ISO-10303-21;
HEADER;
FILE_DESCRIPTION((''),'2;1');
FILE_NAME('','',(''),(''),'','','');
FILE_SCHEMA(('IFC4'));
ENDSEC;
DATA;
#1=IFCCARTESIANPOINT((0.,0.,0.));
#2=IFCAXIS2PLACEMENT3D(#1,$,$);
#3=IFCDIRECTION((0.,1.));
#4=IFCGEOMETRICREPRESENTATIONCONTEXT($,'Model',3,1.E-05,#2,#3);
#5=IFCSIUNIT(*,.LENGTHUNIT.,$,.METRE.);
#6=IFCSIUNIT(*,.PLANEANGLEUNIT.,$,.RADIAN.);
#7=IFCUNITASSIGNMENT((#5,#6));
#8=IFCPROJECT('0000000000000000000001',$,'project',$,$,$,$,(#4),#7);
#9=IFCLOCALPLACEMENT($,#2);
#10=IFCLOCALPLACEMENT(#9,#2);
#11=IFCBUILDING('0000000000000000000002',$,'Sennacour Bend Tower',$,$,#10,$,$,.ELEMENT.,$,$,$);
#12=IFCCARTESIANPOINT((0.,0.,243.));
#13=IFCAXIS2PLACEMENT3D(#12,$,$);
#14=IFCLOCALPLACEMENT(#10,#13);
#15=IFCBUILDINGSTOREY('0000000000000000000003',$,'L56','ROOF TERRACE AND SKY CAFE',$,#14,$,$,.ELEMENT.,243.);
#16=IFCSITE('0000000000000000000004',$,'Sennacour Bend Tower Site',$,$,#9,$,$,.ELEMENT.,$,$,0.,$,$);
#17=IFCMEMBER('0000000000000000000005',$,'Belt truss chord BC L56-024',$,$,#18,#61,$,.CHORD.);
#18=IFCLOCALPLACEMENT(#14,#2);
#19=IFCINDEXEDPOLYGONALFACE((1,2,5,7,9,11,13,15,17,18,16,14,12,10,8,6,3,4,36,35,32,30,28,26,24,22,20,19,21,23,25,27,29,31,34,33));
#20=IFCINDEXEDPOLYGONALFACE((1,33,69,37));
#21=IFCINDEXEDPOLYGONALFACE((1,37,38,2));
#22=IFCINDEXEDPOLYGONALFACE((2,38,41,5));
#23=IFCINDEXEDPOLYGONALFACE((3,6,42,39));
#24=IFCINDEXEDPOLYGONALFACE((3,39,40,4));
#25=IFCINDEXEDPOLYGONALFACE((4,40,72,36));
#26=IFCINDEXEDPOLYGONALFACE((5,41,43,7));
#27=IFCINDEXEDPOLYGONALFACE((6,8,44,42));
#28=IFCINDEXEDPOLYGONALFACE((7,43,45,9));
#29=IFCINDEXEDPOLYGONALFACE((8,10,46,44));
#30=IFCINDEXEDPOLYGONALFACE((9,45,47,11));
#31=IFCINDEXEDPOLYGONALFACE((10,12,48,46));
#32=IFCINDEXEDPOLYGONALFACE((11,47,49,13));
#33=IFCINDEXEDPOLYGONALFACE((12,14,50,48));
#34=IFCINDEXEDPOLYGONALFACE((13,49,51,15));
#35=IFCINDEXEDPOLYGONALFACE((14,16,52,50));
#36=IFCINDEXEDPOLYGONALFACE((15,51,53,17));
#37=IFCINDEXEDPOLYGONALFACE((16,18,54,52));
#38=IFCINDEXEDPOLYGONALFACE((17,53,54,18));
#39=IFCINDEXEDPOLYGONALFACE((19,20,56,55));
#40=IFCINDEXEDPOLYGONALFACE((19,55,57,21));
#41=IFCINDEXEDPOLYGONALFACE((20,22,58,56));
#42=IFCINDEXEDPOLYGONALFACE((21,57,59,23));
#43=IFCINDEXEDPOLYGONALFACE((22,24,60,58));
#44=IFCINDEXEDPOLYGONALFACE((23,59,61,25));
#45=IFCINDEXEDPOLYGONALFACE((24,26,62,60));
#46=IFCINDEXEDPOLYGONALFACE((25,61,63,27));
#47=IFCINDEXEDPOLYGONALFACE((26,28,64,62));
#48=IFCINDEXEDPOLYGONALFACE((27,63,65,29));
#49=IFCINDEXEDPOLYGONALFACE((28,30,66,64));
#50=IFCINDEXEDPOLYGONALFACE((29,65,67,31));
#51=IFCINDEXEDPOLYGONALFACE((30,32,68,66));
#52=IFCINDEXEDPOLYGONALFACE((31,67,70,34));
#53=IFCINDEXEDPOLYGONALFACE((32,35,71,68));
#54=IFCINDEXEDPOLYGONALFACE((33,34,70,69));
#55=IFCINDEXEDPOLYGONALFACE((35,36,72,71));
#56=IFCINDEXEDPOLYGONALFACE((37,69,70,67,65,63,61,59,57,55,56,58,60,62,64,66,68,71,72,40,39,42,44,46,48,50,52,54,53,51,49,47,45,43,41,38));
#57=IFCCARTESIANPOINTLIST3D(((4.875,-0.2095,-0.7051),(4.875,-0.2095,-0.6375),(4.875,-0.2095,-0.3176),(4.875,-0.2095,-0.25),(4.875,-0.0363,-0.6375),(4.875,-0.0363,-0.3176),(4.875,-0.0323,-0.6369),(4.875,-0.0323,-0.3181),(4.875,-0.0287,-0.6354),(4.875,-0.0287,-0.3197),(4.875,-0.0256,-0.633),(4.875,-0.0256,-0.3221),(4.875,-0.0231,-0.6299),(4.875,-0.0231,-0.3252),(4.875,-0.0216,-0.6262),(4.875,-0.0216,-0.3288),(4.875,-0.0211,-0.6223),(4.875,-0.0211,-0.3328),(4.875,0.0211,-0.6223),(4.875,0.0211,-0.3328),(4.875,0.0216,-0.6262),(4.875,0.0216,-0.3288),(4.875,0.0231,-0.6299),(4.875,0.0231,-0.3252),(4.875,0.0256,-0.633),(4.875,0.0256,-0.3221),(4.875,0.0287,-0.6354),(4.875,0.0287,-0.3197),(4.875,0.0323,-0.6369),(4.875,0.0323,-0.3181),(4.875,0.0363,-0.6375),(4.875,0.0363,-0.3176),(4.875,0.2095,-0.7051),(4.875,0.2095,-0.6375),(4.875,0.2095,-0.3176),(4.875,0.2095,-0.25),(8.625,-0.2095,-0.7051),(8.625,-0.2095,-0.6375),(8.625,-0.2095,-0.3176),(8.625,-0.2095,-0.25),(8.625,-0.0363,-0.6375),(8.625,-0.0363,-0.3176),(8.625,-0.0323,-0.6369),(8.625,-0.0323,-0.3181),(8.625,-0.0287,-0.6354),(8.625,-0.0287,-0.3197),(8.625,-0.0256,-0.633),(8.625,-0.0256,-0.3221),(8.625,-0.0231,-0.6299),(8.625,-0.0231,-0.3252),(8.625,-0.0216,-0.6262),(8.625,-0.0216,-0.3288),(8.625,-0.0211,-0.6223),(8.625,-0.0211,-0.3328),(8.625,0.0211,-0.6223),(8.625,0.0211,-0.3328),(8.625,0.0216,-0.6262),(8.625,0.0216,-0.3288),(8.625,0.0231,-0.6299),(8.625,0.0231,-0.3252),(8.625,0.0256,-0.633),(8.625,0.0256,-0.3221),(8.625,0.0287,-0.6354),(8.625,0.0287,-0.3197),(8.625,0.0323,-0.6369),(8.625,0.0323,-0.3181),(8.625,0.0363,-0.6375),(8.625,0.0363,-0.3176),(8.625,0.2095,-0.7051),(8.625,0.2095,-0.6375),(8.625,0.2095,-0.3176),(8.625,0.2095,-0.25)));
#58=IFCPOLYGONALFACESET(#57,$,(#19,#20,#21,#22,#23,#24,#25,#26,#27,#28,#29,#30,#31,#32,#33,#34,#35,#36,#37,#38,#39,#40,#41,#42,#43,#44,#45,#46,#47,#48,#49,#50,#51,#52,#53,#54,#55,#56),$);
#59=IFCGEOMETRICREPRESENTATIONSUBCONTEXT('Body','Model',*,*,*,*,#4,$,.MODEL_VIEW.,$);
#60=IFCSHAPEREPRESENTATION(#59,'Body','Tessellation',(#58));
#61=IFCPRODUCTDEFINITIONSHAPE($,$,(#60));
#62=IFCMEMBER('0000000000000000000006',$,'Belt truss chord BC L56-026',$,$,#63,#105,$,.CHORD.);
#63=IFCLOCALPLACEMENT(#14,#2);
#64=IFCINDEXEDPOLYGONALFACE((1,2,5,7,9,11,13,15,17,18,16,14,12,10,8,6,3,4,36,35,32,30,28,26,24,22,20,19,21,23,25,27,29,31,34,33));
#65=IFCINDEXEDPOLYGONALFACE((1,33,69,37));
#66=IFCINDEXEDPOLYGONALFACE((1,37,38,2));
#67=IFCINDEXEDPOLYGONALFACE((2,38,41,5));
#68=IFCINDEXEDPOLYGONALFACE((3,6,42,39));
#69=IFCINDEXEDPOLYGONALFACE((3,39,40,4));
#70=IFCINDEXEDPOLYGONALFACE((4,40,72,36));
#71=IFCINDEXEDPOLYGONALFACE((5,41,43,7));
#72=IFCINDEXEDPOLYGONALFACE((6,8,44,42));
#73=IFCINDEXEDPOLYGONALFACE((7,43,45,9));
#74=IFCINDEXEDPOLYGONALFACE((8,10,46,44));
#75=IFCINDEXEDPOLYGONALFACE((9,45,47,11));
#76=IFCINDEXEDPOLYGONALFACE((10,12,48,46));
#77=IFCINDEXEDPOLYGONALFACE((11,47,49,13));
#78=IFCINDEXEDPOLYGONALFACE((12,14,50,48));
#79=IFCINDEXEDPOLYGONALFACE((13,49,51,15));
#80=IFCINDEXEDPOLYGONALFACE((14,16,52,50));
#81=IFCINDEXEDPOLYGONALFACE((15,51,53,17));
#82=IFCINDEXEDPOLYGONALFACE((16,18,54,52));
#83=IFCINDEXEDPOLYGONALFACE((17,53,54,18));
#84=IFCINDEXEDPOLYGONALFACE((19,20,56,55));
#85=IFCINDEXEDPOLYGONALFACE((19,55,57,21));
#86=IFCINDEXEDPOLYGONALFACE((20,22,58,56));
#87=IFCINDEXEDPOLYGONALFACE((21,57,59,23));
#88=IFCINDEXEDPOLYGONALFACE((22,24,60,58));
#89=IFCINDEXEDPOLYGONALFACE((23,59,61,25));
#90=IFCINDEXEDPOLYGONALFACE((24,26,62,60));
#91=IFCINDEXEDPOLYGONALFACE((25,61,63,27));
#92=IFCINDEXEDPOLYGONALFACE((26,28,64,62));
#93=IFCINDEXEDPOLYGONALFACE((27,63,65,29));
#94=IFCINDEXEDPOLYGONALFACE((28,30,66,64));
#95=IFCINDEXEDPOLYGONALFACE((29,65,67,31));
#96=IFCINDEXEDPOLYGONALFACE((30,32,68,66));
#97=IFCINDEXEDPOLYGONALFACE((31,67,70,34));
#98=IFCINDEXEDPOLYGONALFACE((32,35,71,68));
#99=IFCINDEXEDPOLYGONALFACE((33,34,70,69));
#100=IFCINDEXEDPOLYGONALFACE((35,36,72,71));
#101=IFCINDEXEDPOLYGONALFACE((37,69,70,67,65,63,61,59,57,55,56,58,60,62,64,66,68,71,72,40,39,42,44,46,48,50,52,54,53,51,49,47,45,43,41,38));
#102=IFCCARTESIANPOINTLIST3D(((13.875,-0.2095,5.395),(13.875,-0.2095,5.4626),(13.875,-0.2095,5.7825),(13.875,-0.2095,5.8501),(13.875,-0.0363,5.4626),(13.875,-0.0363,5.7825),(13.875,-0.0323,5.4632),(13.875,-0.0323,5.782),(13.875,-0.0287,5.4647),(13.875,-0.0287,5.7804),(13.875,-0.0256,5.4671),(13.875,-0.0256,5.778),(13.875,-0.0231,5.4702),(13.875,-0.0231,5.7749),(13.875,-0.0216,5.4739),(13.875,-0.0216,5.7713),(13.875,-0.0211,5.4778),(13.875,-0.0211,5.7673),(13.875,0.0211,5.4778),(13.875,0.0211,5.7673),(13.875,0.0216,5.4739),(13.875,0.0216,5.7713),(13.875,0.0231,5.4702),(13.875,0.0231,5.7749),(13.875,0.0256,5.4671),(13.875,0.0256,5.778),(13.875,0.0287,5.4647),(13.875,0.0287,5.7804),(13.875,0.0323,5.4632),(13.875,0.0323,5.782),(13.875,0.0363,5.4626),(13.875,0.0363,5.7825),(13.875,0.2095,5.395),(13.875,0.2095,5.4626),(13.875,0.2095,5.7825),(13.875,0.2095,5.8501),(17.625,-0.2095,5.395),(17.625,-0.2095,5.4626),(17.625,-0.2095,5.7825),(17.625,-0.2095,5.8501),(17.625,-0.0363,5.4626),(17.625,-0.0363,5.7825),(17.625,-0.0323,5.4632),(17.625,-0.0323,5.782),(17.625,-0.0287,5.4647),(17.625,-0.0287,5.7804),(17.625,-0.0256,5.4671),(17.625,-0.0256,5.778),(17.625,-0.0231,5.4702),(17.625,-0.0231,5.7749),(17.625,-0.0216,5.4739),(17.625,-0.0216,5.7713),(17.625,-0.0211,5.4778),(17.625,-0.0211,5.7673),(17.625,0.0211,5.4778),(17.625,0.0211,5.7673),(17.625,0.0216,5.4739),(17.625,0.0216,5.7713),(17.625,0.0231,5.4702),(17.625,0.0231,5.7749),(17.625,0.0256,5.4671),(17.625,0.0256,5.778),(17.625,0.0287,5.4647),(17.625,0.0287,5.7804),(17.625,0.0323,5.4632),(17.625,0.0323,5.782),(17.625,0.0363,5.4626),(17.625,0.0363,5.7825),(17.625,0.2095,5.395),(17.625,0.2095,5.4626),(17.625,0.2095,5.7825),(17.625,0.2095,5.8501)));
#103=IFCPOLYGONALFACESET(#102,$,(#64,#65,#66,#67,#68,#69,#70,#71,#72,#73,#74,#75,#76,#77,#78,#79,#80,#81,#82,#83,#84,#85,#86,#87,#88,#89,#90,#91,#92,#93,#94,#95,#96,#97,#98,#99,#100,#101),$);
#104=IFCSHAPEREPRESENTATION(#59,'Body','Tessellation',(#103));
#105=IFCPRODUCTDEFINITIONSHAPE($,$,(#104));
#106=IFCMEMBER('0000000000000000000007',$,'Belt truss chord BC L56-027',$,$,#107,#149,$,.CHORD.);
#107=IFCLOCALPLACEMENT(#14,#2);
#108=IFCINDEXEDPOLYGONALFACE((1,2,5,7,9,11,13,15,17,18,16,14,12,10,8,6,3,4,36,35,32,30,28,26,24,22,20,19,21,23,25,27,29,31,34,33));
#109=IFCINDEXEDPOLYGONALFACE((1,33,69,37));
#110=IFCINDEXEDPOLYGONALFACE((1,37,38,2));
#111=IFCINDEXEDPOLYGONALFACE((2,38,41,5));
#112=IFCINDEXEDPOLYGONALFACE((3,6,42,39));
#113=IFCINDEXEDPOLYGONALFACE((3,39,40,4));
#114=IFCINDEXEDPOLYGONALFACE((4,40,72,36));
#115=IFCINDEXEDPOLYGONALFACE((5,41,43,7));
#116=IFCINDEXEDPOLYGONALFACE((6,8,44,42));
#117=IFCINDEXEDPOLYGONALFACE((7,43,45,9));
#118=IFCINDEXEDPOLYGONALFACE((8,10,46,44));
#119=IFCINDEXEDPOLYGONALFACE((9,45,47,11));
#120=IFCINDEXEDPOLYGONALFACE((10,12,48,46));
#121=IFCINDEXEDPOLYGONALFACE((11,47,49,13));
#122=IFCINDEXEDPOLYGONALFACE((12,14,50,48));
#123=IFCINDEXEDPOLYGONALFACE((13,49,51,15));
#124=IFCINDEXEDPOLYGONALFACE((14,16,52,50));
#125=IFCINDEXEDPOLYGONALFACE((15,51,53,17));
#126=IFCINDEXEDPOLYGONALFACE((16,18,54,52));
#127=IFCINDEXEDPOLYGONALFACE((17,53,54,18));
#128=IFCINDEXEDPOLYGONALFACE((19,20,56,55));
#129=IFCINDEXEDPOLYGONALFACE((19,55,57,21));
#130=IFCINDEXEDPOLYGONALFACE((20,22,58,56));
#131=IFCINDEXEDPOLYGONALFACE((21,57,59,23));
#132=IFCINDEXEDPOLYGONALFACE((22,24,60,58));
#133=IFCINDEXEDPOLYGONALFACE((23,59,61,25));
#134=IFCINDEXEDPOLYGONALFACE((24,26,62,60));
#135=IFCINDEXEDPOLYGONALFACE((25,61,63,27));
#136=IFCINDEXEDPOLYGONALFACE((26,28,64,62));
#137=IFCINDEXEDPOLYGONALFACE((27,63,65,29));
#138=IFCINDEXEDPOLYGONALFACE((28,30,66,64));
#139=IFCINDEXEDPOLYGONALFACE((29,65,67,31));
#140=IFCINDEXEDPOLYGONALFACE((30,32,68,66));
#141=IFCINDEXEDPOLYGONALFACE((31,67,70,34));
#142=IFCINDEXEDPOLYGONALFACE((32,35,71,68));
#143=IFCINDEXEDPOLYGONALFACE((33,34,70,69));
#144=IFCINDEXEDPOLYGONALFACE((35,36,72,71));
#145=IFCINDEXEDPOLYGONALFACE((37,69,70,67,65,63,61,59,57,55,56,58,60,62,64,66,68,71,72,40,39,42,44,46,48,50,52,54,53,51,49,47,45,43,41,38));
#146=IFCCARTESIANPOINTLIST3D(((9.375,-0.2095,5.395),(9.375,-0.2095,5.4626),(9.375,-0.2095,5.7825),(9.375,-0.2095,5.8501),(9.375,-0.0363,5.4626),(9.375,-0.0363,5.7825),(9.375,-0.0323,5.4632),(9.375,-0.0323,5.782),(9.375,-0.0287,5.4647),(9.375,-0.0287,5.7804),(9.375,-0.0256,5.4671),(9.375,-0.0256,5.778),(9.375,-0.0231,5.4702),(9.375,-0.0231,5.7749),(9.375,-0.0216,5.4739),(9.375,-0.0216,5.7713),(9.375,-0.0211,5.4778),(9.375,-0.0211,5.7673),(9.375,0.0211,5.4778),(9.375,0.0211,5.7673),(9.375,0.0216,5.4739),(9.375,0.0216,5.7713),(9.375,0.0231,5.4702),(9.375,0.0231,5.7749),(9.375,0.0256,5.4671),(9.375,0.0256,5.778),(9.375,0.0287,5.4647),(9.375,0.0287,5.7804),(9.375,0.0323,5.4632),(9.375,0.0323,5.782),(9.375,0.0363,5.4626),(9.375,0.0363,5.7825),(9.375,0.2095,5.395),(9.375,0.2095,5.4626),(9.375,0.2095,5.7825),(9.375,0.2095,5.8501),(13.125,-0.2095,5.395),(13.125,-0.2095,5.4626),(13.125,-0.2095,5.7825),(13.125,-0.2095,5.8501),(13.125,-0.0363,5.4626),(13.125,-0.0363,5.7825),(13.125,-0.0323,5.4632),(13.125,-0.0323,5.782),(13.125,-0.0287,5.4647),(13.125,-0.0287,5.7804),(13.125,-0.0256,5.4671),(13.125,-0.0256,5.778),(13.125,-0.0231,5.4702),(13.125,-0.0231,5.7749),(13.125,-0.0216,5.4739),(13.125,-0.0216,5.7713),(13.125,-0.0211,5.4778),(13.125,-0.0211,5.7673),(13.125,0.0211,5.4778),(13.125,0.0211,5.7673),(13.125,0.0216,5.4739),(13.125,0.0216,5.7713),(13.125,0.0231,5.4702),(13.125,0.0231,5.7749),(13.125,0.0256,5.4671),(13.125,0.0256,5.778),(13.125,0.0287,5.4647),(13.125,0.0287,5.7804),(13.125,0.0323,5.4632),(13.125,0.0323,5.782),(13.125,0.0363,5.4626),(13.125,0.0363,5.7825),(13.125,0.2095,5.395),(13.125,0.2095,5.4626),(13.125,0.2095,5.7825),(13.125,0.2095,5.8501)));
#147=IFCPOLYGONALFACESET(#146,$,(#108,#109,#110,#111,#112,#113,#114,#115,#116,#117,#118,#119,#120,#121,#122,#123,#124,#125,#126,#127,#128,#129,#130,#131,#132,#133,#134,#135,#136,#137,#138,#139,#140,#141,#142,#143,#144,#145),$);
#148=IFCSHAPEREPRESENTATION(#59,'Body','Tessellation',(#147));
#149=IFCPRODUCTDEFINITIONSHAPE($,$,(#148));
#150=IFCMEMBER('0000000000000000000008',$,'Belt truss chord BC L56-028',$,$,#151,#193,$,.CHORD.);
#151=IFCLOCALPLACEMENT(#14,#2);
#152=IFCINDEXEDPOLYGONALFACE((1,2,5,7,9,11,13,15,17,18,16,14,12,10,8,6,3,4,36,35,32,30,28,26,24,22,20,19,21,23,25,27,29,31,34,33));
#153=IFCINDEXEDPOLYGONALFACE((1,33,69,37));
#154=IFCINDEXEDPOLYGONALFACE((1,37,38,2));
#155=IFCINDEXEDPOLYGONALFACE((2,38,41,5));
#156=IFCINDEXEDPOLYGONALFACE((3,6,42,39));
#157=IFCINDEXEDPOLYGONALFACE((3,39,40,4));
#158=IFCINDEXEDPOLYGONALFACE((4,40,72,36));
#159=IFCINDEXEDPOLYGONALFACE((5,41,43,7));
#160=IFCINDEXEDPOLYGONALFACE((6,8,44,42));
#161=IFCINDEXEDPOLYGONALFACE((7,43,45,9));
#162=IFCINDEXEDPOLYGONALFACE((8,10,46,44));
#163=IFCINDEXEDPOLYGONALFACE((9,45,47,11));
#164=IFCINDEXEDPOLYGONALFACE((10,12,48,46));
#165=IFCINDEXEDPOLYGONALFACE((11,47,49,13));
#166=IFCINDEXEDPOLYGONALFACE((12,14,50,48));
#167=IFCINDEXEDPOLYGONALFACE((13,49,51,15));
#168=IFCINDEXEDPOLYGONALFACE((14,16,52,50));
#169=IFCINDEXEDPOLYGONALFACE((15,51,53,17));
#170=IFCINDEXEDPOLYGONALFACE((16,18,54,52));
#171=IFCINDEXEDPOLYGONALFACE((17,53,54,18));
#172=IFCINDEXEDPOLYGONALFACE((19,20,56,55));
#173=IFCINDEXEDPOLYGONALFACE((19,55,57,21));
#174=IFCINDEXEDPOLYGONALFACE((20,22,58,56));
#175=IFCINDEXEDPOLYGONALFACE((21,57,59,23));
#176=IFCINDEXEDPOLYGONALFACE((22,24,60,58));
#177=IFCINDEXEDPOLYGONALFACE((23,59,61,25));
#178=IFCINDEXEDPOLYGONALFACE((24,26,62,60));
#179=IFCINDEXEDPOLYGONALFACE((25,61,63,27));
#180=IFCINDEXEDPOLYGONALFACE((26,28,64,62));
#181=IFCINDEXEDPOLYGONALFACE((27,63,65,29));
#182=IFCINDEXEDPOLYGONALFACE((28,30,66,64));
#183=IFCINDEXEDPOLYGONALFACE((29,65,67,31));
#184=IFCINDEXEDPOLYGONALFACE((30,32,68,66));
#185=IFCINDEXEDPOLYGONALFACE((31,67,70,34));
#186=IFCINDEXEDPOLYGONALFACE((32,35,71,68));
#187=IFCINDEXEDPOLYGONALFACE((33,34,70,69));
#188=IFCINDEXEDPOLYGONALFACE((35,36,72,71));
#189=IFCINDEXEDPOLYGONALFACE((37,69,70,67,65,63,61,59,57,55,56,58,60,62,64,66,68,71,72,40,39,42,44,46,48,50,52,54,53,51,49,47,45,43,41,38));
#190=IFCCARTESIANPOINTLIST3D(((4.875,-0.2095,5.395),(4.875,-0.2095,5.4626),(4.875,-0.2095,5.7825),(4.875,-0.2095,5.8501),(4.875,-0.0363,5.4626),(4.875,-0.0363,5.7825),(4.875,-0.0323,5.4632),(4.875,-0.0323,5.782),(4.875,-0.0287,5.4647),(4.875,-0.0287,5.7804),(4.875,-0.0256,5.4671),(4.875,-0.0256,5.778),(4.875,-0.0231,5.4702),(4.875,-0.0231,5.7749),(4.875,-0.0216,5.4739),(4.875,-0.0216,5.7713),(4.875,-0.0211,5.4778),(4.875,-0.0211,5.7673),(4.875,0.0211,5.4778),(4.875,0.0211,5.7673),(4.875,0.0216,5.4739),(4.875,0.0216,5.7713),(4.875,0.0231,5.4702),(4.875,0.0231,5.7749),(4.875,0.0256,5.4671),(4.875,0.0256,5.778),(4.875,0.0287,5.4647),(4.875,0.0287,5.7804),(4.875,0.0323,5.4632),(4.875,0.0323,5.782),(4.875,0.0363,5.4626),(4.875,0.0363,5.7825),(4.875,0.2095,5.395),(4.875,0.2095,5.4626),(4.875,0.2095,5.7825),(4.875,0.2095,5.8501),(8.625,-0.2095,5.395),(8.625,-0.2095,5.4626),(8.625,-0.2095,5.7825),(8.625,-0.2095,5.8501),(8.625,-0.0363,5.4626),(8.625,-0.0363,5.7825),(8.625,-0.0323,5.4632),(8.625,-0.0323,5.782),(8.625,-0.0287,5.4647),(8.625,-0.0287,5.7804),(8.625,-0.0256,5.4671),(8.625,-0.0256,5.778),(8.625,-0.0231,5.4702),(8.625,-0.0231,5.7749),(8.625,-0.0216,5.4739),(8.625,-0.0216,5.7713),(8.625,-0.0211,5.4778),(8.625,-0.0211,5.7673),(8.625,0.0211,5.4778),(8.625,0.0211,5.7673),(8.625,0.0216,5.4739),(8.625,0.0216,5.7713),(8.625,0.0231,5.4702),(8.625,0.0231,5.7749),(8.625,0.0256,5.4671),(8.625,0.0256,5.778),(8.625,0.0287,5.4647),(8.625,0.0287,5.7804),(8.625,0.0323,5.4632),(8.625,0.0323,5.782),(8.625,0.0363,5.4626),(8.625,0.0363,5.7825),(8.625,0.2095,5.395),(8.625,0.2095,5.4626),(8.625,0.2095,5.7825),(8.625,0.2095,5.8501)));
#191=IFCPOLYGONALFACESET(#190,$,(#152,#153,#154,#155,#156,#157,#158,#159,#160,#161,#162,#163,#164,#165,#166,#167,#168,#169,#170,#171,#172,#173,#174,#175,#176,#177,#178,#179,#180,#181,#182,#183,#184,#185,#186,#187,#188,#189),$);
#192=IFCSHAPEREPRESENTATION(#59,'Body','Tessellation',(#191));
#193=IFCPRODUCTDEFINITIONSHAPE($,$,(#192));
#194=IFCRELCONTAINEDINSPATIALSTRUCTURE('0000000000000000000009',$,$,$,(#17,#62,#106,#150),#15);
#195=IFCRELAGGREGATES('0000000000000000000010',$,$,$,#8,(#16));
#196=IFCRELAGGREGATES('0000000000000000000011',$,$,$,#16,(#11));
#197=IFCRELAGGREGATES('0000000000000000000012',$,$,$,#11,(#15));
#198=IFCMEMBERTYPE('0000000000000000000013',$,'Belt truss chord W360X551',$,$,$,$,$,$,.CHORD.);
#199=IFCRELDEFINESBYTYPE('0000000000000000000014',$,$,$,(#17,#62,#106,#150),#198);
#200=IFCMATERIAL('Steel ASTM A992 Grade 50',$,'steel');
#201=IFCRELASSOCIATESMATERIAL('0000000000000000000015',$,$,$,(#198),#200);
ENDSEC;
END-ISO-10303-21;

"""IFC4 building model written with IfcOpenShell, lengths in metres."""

from ifc_helpers import new_model, si_unit, direction, frame, origin, origin_2d, place, context, subcontext, project, spatial, i_section, extrude, material, material_profile, profile_set, type_object, element, save


model = new_model("IFC4")

# Units and contexts
model_context = context("Model", 3, precision=1e-05, world=origin(), true_north=direction((0.0, 1.0)))
body_context = subcontext(model_context, "Body", "Model", "MODEL_VIEW")
ifc_project = project(units=[si_unit("LENGTHUNIT", "METRE"), si_unit("PLANEANGLEUNIT", "RADIAN")], contexts=[model_context])

# Site, building, storey
site_placement = place(None, origin())
site = spatial("IfcSite", under=ifc_project, at=site_placement, Name="Sennacour Bend Tower Site", CompositionType="ELEMENT", RefElevation=0.0)
building_placement = place(site_placement, origin())
building = spatial("IfcBuilding", under=site, at=building_placement, Name="Sennacour Bend Tower", CompositionType="ELEMENT")
storey_placement = place(building_placement, frame((0.0, 0.0, 243.0)))
storey = spatial("IfcBuildingStorey", under=building, at=storey_placement, Name="L56", Description="ROOF TERRACE AND SKY CAFE", CompositionType="ELEMENT", Elevation=243.0)

# Members
ifc_material_1 = material(Name="Steel ASTM A992 Grade 50", Category="steel")
ifc_material_profile_1 = material_profile(ifc_material_1, i_section(OverallWidth=0.4189, OverallDepth=0.4551, WebThickness=0.0422, FlangeThickness=0.0676, FilletRadius=0.0151, at=origin_2d()), Name="Steel ASTM A992 Grade 50", Category="steel")
ifc_profile_set_1 = profile_set([ifc_material_profile_1], Name="Steel ASTM A992 Grade 50")
member_type_1 = type_object("IfcMemberType", Name="Belt truss chord W360X551", PredefinedType="CHORD", material=ifc_profile_set_1)
for number, where, z_axis, x_axis, name in (
    (1, (8.625, 0.0, -0.4775), (-1.0, 0.0, 0.0), (0.0, -1.0, 0.0), "Belt truss chord BC L56-024"),
    (2, (17.625, 0.0, 5.6226), (-1.0, 0.0, 0.0), (0.0, -1.0, 0.0), "Belt truss chord BC L56-026"),
    (3, (13.125, 0.0, 5.6226), (-1.0, 0.0, 0.0), (0.0, -1.0, 0.0), "Belt truss chord BC L56-027"),
    (4, (8.625, 0.0, 5.6226), (-1.0, 0.0, 0.0), (0.0, -1.0, 0.0), "Belt truss chord BC L56-028"),
):
    element("IfcMember", number, at=place(storey_placement, frame(where, z_axis=z_axis, x_axis=x_axis)), inside=storey, type_object=member_type_1, Name=name, PredefinedType="CHORD", context=body_context, shape_type="SweptSolid", body=[
        extrude(i_section(OverallWidth=0.4189, OverallDepth=0.4551, WebThickness=0.0422, FlangeThickness=0.0676, FilletRadius=0.0151, at=origin_2d()), origin(), (0.0, 0.0, 1.0), 3.75),
    ])

save(model, "model.ifc")
